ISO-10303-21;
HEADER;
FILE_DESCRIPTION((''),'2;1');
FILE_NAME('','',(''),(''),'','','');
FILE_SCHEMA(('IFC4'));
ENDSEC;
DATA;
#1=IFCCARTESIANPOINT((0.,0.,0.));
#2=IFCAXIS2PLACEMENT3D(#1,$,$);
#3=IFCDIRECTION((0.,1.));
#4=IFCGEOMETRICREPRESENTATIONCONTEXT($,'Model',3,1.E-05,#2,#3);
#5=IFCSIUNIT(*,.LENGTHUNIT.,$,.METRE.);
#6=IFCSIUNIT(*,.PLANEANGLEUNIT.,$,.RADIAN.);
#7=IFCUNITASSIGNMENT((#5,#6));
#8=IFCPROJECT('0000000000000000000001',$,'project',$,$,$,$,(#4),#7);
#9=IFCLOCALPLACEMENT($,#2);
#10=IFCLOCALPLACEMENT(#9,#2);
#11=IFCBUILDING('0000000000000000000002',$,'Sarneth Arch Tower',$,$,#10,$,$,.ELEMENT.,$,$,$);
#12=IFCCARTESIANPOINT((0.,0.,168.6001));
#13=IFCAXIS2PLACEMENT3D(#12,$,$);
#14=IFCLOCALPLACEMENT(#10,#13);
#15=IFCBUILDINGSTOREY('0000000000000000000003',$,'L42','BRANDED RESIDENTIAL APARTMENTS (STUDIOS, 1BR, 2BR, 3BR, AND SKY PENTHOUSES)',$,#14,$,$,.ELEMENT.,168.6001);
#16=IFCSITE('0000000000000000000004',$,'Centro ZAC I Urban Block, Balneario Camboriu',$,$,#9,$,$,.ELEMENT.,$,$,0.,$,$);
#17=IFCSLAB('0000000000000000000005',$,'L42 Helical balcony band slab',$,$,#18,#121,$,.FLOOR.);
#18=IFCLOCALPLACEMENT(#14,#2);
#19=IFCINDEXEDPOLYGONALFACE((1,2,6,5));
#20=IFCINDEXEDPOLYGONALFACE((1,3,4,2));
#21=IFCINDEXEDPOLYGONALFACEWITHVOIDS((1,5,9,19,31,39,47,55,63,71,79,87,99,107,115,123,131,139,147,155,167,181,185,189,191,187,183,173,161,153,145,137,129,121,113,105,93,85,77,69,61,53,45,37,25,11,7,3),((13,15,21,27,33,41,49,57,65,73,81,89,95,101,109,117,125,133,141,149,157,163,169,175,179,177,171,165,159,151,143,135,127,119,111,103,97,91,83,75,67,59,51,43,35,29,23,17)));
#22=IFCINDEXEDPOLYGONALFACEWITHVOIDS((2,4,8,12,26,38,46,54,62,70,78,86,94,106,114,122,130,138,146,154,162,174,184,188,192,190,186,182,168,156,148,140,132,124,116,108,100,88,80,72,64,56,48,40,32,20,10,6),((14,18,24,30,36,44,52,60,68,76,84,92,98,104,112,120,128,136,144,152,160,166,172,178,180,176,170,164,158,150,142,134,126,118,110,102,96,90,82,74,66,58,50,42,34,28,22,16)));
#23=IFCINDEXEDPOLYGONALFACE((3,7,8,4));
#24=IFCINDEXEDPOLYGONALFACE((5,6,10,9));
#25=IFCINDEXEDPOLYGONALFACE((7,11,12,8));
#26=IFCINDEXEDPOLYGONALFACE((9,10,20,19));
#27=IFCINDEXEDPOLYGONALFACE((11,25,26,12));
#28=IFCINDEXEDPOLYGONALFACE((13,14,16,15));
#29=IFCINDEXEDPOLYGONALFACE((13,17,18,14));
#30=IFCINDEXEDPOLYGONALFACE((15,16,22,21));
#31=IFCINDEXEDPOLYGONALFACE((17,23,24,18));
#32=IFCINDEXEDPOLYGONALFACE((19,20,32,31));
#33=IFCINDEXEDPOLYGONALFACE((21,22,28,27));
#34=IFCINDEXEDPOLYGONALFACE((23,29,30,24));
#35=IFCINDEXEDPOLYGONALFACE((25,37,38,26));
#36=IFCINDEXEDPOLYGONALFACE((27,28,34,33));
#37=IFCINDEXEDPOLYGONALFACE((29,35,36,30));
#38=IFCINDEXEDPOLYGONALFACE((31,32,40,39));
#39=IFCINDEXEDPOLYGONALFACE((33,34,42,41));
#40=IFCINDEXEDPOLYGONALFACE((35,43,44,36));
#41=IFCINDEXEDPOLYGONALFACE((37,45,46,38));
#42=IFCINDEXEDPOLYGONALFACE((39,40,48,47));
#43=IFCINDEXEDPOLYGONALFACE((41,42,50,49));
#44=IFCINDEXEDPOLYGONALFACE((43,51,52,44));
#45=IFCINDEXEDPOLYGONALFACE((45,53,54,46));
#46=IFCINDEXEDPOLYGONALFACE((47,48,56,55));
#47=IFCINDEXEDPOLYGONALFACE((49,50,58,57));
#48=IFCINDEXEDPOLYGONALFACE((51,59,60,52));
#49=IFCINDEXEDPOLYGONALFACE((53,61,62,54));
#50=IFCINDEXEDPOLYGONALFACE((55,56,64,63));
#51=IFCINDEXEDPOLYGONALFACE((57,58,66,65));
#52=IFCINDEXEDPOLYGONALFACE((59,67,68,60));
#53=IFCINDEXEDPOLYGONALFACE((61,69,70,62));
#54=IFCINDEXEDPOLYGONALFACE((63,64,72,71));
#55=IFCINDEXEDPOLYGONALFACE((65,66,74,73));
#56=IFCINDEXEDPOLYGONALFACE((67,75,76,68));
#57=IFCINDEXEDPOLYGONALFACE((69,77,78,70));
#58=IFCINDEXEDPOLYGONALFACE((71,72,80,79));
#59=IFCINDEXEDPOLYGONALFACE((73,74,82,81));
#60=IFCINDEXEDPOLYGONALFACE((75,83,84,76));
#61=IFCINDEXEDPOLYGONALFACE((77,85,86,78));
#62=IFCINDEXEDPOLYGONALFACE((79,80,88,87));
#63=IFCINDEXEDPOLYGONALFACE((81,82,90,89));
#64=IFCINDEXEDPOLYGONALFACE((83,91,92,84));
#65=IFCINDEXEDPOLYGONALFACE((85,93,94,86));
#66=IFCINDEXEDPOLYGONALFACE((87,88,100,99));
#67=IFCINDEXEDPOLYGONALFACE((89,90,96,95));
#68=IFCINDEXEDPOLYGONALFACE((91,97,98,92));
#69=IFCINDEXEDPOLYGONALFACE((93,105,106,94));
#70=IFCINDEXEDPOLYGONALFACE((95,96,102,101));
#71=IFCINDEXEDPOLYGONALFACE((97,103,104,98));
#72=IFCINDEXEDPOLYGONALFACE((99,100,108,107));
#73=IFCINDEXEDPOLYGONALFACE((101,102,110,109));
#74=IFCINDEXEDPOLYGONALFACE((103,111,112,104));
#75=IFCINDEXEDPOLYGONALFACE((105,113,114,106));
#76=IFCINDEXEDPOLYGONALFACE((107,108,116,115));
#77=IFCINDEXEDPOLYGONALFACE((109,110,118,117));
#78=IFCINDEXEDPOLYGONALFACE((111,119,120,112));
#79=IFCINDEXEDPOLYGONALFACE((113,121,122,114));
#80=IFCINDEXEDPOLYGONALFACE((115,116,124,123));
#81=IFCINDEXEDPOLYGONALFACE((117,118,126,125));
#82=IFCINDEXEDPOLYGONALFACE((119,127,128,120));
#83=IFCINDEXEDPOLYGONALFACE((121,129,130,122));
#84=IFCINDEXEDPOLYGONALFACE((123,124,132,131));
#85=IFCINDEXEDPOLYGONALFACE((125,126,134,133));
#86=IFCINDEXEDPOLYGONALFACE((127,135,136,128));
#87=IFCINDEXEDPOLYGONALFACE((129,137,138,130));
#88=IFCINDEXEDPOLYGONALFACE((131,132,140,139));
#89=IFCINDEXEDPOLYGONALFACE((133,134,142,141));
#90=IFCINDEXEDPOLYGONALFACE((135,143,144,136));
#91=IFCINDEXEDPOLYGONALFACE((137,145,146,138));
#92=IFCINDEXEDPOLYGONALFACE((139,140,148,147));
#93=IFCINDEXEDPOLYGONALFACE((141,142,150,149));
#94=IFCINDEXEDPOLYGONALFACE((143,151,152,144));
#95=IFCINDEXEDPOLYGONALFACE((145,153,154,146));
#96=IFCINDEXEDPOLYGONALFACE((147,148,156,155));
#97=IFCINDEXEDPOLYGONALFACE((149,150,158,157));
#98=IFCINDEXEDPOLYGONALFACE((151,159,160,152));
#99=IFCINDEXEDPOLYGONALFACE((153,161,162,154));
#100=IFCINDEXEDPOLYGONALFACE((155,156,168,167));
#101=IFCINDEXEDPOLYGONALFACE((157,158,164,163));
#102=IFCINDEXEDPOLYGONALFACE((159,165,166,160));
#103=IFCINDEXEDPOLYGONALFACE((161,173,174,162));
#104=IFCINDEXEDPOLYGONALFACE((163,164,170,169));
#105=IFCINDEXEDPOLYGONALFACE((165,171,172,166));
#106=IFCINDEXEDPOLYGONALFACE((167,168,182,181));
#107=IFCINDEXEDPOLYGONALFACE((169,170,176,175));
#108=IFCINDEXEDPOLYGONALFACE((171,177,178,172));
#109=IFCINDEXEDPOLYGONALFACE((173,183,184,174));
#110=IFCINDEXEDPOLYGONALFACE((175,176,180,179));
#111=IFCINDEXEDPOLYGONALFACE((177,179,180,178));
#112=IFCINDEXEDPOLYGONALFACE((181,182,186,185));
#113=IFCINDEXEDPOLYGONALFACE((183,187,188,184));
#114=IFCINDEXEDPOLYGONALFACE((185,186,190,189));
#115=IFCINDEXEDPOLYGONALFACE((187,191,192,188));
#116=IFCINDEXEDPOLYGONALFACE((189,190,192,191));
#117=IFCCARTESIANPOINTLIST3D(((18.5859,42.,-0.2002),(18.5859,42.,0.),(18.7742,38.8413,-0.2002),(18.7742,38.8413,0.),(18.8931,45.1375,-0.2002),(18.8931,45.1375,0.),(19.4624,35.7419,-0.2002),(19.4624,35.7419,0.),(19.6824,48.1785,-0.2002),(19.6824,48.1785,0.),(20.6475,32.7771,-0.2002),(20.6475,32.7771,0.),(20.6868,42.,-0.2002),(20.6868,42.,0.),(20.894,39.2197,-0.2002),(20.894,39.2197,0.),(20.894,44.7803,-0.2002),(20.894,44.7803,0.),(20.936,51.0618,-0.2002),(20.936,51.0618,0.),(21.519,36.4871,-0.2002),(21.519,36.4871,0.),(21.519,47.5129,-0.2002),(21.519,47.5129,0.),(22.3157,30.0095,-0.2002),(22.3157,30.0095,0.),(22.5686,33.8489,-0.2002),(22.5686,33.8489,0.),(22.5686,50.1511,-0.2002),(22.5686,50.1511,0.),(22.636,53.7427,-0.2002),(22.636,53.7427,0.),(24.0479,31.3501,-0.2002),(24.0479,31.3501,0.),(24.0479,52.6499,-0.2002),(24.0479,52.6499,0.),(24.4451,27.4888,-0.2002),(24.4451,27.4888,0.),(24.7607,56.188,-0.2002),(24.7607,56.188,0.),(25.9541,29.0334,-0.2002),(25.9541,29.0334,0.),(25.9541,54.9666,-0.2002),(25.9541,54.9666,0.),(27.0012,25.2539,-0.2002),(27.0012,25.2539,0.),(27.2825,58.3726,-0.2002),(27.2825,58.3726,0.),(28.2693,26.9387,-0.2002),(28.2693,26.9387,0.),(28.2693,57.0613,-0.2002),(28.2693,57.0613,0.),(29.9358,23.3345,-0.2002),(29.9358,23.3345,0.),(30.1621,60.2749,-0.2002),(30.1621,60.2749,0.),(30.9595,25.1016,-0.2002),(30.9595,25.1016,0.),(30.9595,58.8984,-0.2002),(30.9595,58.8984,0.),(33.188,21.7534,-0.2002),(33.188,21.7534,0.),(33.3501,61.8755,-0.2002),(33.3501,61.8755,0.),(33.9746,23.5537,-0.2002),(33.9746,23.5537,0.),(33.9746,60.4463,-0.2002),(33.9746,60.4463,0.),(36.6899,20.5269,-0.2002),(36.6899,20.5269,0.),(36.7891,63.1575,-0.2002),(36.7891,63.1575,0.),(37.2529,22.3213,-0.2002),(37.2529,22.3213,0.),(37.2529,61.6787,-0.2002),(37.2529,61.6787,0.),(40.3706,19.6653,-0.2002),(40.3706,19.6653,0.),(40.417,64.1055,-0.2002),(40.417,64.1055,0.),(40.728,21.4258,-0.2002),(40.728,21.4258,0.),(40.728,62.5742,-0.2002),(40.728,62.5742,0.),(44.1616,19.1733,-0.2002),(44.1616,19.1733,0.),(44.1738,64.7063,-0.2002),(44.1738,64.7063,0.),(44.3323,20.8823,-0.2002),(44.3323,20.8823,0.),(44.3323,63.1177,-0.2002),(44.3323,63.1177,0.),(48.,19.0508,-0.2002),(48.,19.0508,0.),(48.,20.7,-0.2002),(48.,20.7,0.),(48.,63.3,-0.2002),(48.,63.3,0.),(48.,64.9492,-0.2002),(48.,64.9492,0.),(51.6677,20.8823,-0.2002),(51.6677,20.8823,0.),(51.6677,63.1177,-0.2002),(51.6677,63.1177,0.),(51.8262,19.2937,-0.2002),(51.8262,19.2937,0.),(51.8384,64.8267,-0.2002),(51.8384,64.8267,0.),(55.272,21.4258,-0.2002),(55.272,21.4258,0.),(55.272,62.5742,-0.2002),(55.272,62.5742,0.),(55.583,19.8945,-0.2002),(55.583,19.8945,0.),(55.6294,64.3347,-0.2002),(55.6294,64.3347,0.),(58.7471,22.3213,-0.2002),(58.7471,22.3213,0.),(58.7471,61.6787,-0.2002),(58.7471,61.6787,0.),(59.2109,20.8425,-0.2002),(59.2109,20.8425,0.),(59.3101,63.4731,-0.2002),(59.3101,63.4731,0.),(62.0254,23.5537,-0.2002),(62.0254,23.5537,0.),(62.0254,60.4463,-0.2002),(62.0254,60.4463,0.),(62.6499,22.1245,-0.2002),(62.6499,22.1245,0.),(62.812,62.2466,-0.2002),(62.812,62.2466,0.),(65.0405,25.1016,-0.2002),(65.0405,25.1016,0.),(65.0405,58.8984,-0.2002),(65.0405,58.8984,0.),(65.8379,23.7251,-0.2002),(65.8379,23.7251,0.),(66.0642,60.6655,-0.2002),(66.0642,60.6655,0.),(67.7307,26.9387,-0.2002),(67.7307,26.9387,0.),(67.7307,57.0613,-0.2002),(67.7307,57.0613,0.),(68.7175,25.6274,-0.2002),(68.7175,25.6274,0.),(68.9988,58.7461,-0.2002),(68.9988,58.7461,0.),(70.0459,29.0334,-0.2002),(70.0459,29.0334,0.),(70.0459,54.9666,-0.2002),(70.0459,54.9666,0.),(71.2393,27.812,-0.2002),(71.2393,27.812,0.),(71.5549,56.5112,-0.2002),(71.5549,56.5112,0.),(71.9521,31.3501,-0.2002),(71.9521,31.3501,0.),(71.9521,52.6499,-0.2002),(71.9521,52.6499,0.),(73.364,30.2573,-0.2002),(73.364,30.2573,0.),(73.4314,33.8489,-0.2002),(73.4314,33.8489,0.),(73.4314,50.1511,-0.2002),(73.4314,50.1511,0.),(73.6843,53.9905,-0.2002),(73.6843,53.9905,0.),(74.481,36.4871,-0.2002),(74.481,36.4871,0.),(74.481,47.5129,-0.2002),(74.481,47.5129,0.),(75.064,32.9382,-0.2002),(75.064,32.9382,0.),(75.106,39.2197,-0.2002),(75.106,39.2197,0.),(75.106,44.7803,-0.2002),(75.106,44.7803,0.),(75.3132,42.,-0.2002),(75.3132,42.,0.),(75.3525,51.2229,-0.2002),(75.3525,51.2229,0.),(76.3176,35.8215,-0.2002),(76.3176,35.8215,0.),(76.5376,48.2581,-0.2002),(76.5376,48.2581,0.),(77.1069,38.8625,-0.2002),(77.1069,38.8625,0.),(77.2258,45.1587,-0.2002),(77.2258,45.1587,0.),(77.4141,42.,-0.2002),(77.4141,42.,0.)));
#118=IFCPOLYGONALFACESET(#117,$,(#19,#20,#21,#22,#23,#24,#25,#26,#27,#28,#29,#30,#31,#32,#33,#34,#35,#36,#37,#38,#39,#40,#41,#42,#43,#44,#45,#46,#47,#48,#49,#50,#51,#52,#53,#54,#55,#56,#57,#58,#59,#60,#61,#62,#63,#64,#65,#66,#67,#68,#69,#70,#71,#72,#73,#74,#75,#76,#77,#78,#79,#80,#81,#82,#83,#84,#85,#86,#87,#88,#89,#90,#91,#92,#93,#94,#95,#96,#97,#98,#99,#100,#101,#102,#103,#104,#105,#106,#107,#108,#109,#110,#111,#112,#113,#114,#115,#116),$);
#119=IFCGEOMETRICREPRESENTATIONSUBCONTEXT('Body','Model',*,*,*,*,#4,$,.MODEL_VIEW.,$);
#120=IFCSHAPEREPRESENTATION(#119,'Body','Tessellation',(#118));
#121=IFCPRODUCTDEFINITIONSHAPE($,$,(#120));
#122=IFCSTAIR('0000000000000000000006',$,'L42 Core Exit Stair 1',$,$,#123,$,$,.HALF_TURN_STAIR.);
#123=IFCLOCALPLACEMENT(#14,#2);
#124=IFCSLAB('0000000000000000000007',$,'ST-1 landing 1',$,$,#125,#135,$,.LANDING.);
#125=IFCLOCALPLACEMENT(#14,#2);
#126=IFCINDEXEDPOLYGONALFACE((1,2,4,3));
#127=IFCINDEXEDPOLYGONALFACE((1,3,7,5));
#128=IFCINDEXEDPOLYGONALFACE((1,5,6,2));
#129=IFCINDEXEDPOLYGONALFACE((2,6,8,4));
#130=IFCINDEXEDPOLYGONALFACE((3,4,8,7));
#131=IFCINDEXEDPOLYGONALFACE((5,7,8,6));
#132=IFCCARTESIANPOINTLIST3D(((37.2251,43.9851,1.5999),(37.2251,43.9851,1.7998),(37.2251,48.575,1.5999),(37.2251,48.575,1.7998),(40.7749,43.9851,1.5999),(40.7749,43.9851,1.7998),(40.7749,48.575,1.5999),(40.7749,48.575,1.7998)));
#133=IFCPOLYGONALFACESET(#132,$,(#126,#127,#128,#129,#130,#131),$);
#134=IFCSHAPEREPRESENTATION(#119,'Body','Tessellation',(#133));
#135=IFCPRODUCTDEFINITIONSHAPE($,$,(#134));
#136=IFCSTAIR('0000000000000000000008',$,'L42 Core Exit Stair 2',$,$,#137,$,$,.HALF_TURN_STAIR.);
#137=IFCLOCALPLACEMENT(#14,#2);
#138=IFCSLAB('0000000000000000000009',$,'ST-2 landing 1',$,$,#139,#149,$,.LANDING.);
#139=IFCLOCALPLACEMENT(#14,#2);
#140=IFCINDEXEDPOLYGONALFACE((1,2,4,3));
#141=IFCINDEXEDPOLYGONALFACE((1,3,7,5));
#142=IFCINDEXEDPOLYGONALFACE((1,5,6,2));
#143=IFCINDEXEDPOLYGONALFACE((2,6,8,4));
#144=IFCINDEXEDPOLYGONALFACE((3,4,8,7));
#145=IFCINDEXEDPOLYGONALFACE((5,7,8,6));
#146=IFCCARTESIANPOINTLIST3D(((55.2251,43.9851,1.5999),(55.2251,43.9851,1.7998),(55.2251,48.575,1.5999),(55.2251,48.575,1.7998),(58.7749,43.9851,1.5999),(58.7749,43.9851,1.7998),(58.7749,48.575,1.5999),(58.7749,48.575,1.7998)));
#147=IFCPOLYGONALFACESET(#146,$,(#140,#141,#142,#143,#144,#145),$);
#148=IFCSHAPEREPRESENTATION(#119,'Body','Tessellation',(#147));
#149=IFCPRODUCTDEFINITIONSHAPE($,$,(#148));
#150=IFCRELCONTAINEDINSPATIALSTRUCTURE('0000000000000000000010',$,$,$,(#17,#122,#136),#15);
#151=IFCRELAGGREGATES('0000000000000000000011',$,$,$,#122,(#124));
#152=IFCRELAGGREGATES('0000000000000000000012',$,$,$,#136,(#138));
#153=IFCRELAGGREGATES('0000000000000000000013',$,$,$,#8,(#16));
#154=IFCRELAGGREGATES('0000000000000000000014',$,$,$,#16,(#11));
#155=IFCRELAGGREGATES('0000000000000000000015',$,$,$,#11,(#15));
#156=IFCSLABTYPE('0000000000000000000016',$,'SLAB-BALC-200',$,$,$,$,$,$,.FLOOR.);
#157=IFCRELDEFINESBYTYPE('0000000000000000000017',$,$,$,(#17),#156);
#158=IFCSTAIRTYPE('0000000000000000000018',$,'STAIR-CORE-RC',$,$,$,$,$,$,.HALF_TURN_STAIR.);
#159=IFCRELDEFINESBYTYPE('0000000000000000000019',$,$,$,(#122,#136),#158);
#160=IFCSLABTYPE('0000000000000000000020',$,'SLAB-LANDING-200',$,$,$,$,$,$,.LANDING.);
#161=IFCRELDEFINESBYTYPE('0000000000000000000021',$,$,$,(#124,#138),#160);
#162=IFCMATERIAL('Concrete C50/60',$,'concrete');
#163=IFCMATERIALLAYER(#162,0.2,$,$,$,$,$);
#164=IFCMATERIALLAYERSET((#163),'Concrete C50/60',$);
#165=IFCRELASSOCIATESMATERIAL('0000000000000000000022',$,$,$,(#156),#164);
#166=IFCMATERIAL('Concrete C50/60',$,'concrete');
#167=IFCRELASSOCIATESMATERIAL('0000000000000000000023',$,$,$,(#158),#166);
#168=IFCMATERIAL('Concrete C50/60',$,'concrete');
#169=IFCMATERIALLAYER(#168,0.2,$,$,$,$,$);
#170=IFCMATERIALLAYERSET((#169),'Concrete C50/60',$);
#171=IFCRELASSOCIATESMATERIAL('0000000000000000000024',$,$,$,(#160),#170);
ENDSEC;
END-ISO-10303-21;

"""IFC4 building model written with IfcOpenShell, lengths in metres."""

from ifc_helpers import new_model, si_unit, direction, frame, origin, place, context, subcontext, project, spatial, polyline, outline, extrude, material, layer, layer_set, type_object, element, aggregate, save


model = new_model("IFC4")

# Units and contexts
model_context = context("Model", 3, precision=1e-05, world=origin(), true_north=direction((0.0, 1.0)))
body_context = subcontext(model_context, "Body", "Model", "MODEL_VIEW")
ifc_project = project(units=[si_unit("LENGTHUNIT", "METRE"), si_unit("PLANEANGLEUNIT", "RADIAN")], contexts=[model_context])

# Site, building, storey
site_placement = place(None, origin())
site = spatial("IfcSite", under=ifc_project, at=site_placement, Name="Centro ZAC I Urban Block, Balneario Camboriu", CompositionType="ELEMENT", RefElevation=0.0)
building_placement = place(site_placement, origin())
building = spatial("IfcBuilding", under=site, at=building_placement, Name="Sarneth Arch Tower", CompositionType="ELEMENT")
storey_placement = place(building_placement, frame((0.0, 0.0, 168.6001)))
storey = spatial("IfcBuildingStorey", under=building, at=storey_placement, Name="L42", Description="BRANDED RESIDENTIAL APARTMENTS (STUDIOS, 1BR, 2BR, 3BR, AND SKY PENTHOUSES)", CompositionType="ELEMENT", Elevation=168.6001)

# Slab
ifc_material_1 = material(Name="Concrete C50/60", Category="concrete")
ifc_layer_1 = layer(ifc_material_1, 0.2)
ifc_layer_set_1 = layer_set([ifc_layer_1], Name="Concrete C50/60")
slab_type_1 = type_object("IfcSlabType", Name="SLAB-BALC-200", PredefinedType="FLOOR", material=ifc_layer_set_1)
slab_1_placement = place(storey_placement, frame((0.0, 0.0, -0.2002)))
element("IfcSlab", 1, at=slab_1_placement, inside=storey, type_object=slab_type_1, Name="L42 Helical balcony band slab", PredefinedType="FLOOR", context=body_context, shape_type="SweptSolid", body=[
    extrude(outline(polyline([(77.4141, 42.0), (77.2258, 45.1587), (76.5376, 48.2581), (75.3525, 51.2229), (73.6843, 53.9905), (71.5549, 56.5112), (68.9988, 58.7461), (66.0642, 60.6655), (62.812, 62.2466), (59.3101, 63.4731), (55.6294, 64.3347), (51.8384, 64.8267), (48.0, 64.9492), (44.1738, 64.7063), (40.417, 64.1055), (36.7891, 63.1575), (33.3501, 61.8755), (30.1621, 60.2749), (27.2825, 58.3726), (24.7607, 56.188), (22.636, 53.7427), (20.936, 51.0618), (19.6824, 48.1785), (18.8931, 45.1375), (18.5859, 42.0), (18.7742, 38.8413), (19.4624, 35.7419), (20.6475, 32.7771), (22.3157, 30.0095), (24.4451, 27.4888), (27.0012, 25.2539), (29.9358, 23.3345), (33.188, 21.7534), (36.6899, 20.5269), (40.3706, 19.6653), (44.1616, 19.1733), (48.0, 19.0508), (51.8262, 19.2937), (55.583, 19.8945), (59.2109, 20.8425), (62.6499, 22.1245), (65.8379, 23.7251), (68.7175, 25.6274), (71.2393, 27.812), (73.364, 30.2573), (75.064, 32.9382), (76.3176, 35.8215), (77.1069, 38.8625), (77.4141, 42.0)]), holes=[polyline([(75.3132, 42.0), (75.106, 44.7803), (74.481, 47.5129), (73.4314, 50.1511), (71.9521, 52.6499), (70.0459, 54.9666), (67.7307, 57.0613), (65.0405, 58.8984), (62.0254, 60.4463), (58.7471, 61.6787), (55.272, 62.5742), (51.6677, 63.1177), (48.0, 63.3), (44.3323, 63.1177), (40.728, 62.5742), (37.2529, 61.6787), (33.9746, 60.4463), (30.9595, 58.8984), (28.2693, 57.0613), (25.9541, 54.9666), (24.0479, 52.6499), (22.5686, 50.1511), (21.519, 47.5129), (20.894, 44.7803), (20.6868, 42.0), (20.894, 39.2197), (21.519, 36.4871), (22.5686, 33.8489), (24.0479, 31.3501), (25.9541, 29.0334), (28.2693, 26.9387), (30.9595, 25.1016), (33.9746, 23.5537), (37.2529, 22.3213), (40.728, 21.4258), (44.3323, 20.8823), (48.0, 20.7), (51.6677, 20.8823), (55.272, 21.4258), (58.7471, 22.3213), (62.0254, 23.5537), (65.0405, 25.1016), (67.7307, 26.9387), (70.0459, 29.0334), (71.9521, 31.3501), (73.4314, 33.8489), (74.481, 36.4871), (75.106, 39.2197), (75.3132, 42.0)])]), origin(), (0.0, 0.0, 1.0), 0.2002),
])

# Stairs, slabs
ifc_material_2 = material(Name="Concrete C50/60", Category="concrete")
stair_type = type_object("IfcStairType", Name="STAIR-CORE-RC", PredefinedType="HALF_TURN_STAIR", material=ifc_material_2)
stair_1_placement = place(storey_placement, origin())
stair_1 = element("IfcStair", 2, at=stair_1_placement, inside=storey, type_object=stair_type, Name="L42 Core Exit Stair 1", PredefinedType="HALF_TURN_STAIR")
ifc_material_3 = material(Name="Concrete C50/60", Category="concrete")
ifc_layer_2 = layer(ifc_material_3, 0.2)
ifc_layer_set_2 = layer_set([ifc_layer_2], Name="Concrete C50/60")
slab_type_2 = type_object("IfcSlabType", Name="SLAB-LANDING-200", PredefinedType="LANDING", material=ifc_layer_set_2)
slab_2_placement = place(storey_placement, frame((0.0, 0.0, 1.5999)))
slab_2 = element("IfcSlab", 3, at=slab_2_placement, type_object=slab_type_2, Name="ST-1 landing 1", PredefinedType="LANDING", context=body_context, shape_type="SweptSolid", body=[
    extrude(outline(polyline([(37.2251, 43.9851), (40.7749, 43.9851), (40.7749, 48.575), (37.2251, 48.575), (37.2251, 43.9851)])), origin(), (0.0, 0.0, 1.0), 0.2),
])
aggregate(stair_1, [slab_2])
stair_2_placement = place(storey_placement, origin())
stair_2 = element("IfcStair", 4, at=stair_2_placement, inside=storey, type_object=stair_type, Name="L42 Core Exit Stair 2", PredefinedType="HALF_TURN_STAIR")
slab_3_placement = place(storey_placement, frame((0.0, 0.0, 1.5999)))
slab_3 = element("IfcSlab", 5, at=slab_3_placement, type_object=slab_type_2, Name="ST-2 landing 1", PredefinedType="LANDING", context=body_context, shape_type="SweptSolid", body=[
    extrude(outline(polyline([(55.2251, 43.9851), (58.7749, 43.9851), (58.7749, 48.575), (55.2251, 48.575), (55.2251, 43.9851)])), origin(), (0.0, 0.0, 1.0), 0.2),
])
aggregate(stair_2, [slab_3])

save(model, "model.ifc")
